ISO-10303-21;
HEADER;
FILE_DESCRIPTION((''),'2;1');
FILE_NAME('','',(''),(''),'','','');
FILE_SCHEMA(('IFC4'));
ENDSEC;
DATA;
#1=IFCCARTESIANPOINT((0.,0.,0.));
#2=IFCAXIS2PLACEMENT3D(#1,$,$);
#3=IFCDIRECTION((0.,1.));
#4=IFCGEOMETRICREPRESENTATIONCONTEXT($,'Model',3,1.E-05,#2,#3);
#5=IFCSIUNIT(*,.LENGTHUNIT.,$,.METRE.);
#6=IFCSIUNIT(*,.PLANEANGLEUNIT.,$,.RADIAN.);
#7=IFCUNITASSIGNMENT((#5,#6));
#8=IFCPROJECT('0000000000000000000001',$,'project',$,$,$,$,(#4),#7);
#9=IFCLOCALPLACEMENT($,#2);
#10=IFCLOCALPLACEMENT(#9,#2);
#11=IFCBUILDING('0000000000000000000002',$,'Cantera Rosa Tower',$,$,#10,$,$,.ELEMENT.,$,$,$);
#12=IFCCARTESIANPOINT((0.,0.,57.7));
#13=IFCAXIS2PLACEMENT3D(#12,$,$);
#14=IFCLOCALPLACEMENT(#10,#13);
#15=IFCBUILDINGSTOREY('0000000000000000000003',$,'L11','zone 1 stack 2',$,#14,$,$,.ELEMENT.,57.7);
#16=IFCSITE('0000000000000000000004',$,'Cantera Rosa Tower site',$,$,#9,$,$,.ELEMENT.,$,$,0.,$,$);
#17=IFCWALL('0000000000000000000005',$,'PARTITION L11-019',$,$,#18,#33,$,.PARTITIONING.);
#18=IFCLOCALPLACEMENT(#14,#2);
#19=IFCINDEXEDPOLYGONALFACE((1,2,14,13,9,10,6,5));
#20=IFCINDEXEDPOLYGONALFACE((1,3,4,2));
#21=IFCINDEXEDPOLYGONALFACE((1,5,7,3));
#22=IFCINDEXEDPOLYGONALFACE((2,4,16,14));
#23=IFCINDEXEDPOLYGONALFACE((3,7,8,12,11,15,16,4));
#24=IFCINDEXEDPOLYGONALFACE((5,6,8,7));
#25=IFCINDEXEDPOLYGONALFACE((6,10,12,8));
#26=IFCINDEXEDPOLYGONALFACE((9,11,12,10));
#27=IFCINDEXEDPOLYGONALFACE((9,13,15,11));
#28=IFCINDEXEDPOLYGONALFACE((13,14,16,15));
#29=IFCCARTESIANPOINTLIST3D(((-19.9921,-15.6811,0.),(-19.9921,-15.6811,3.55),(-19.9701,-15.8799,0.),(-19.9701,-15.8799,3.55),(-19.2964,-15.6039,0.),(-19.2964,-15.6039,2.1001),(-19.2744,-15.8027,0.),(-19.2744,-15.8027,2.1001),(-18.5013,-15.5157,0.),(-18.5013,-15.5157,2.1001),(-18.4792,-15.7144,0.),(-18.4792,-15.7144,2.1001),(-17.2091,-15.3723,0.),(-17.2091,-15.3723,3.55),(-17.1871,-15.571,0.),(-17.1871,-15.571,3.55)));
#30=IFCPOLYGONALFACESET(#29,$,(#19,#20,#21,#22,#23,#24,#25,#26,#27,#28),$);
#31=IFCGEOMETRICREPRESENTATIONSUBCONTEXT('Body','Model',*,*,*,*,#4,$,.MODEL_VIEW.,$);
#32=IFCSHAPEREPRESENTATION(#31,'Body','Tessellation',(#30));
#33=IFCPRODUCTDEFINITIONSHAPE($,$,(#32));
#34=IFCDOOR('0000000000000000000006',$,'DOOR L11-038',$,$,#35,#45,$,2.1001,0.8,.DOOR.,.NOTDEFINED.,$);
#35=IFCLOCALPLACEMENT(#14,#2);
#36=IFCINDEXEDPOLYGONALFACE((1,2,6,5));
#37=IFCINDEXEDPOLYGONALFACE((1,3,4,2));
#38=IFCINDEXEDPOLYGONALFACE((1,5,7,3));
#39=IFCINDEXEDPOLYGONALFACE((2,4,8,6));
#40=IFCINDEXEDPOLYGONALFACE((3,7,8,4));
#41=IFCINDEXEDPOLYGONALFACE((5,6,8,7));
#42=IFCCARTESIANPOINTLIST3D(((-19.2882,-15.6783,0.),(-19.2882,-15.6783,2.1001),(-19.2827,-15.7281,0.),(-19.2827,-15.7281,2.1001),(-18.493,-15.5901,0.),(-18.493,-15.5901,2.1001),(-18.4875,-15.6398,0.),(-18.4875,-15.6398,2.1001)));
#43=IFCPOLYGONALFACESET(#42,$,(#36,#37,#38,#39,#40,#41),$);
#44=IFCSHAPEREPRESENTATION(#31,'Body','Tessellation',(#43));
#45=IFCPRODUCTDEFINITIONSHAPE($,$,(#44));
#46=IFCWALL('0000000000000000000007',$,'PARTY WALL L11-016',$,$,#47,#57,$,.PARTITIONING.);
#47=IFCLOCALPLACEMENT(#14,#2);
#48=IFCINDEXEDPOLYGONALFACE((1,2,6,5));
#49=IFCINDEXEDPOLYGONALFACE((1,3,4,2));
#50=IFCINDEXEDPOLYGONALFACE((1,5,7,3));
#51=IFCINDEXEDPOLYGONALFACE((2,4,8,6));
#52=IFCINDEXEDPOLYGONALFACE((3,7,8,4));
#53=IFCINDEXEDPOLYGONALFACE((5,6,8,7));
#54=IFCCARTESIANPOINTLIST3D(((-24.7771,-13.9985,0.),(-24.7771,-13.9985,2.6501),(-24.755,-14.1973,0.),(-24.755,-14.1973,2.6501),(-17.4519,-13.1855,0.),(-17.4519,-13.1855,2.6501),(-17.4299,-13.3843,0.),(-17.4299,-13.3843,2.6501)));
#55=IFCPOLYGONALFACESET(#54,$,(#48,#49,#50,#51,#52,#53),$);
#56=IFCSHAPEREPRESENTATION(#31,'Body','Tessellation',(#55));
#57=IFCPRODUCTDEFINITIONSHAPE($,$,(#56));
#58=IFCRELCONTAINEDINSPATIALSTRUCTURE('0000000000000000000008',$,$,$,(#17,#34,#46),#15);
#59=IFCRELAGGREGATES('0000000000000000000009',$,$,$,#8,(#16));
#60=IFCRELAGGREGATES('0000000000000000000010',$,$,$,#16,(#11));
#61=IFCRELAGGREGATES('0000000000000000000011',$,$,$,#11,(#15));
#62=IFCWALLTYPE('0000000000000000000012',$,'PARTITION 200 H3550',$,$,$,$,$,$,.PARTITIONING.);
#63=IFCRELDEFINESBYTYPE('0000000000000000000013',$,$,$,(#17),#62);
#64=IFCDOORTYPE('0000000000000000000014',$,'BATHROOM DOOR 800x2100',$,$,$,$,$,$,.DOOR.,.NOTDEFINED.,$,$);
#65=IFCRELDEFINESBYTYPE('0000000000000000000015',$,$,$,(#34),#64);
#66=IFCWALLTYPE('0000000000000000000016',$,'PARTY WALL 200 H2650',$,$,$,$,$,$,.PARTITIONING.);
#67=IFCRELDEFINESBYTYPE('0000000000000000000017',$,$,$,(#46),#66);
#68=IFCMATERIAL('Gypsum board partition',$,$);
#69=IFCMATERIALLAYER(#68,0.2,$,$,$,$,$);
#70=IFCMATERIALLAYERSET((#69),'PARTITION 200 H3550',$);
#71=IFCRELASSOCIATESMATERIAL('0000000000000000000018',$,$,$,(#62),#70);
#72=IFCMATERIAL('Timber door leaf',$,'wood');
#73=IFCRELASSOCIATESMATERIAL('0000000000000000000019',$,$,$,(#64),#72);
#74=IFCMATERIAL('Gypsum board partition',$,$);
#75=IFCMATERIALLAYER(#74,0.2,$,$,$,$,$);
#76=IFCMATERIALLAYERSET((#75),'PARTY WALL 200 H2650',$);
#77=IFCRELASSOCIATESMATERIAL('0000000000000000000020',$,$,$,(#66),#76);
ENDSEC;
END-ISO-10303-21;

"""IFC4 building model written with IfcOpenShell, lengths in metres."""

from ifc_helpers import new_model, si_unit, direction, frame, frame_2d, origin, place, context, subcontext, project, spatial, rectangle, extrude, material, layer, layer_set, type_object, element, fill, save


model = new_model("IFC4")

# Units and contexts
model_context = context("Model", 3, precision=1e-05, world=origin(), true_north=direction((0.0, 1.0)))
body_context = subcontext(model_context, "Body", "Model", "MODEL_VIEW")
ifc_project = project(units=[si_unit("LENGTHUNIT", "METRE"), si_unit("PLANEANGLEUNIT", "RADIAN")], contexts=[model_context])

# Site, building, storey
site_placement = place(None, origin())
site = spatial("IfcSite", under=ifc_project, at=site_placement, Name="Cantera Rosa Tower site", CompositionType="ELEMENT", RefElevation=0.0)
building_placement = place(site_placement, origin())
building = spatial("IfcBuilding", under=site, at=building_placement, Name="Cantera Rosa Tower", CompositionType="ELEMENT")
storey_placement = place(building_placement, frame((0.0, 0.0, 57.7)))
storey = spatial("IfcBuildingStorey", under=building, at=storey_placement, Name="L11", Description="zone 1 stack 2", CompositionType="ELEMENT", Elevation=57.7)

# Shared definitions
ifc_material_1 = material(Name="Gypsum board partition")
ifc_layer_1 = layer(ifc_material_1, 0.2)
ifc_layer_set_1 = layer_set([ifc_layer_1], Name="PARTITION 200 H3550")
wall_type_1 = type_object("IfcWallType", Name="PARTITION 200 H3550", PredefinedType="PARTITIONING", material=ifc_layer_set_1)

# Wall, opening, door
wall_1_placement = place(storey_placement, frame((-17.1982, -15.4717, 0.0), z_axis=(0.0, 0.0, 1.0), x_axis=(-0.993899, -0.110298, 0.0)))
wall_1 = element("IfcWall", 1, at=wall_1_placement, inside=storey, type_object=wall_type_1, Name="PARTITION L11-019", PredefinedType="PARTITIONING", context=body_context, shape_type="SweptSolid", body=[
    extrude(rectangle(XDim=2.8, YDim=0.2, at=frame_2d((1.3999, 0.0))), origin(), (0.0, 0.0, 1.0), 3.55),
])
opening_1_placement = place(wall_1_placement, frame((1.3, 0.0, 0.0)))
opening_1 = element("IfcOpeningElement", 2, at=opening_1_placement, cuts=wall_1, PredefinedType="OPENING", context=body_context, shape_type="SweptSolid", body=[
    extrude(rectangle(XDim=0.8, YDim=2.1001, at=frame_2d((0.3999, 1.05))), frame((0.0, 0.1099, 0.0), z_axis=(0.0, -1.0, 0.0), x_axis=(1.0, 0.0, 0.0)), (0.0, 0.0, 1.0), 0.22),
])
ifc_material_2 = material(Name="Timber door leaf", Category="wood")
door_type_1 = type_object("IfcDoorType", Name="BATHROOM DOOR 800x2100", OperationType="NOTDEFINED", PredefinedType="DOOR", material=ifc_material_2)
door_1_placement = place(opening_1_placement, origin())
door_1 = element("IfcDoor", 3, at=door_1_placement, inside=storey, type_object=door_type_1, Name="DOOR L11-038", OperationType="NOTDEFINED", OverallHeight=2.1001, OverallWidth=0.8, PredefinedType="DOOR", context=body_context, shape_type="SweptSolid", body=[
    extrude(rectangle(XDim=0.8, YDim=2.1001, at=frame_2d((0.3999, 1.05))), frame((0.0, 0.0249, 0.0), z_axis=(0.0, -1.0, 0.0), x_axis=(1.0, 0.0, 0.0)), (0.0, 0.0, 1.0), 0.05),
])
fill(opening_1, door_1)

# Wall
ifc_material_3 = material(Name="Gypsum board partition")
ifc_layer_2 = layer(ifc_material_3, 0.2)
ifc_layer_set_2 = layer_set([ifc_layer_2], Name="PARTY WALL 200 H2650")
wall_type_2 = type_object("IfcWallType", Name="PARTY WALL 200 H2650", PredefinedType="PARTITIONING", material=ifc_layer_set_2)
wall_2_placement = place(storey_placement, frame((-17.4409, -13.2849, 0.0), z_axis=(0.0, 0.0, 1.0), x_axis=(-0.993897, -0.110308, 0.0)))
element("IfcWall", 4, at=wall_2_placement, inside=storey, type_object=wall_type_2, Name="PARTY WALL L11-016", PredefinedType="PARTITIONING", context=body_context, shape_type="SweptSolid", body=[
    extrude(rectangle(XDim=7.3701, YDim=0.2, at=frame_2d((3.6851, 0.0))), origin(), (0.0, 0.0, 1.0), 2.6501),
])

save(model, "model.ifc")
